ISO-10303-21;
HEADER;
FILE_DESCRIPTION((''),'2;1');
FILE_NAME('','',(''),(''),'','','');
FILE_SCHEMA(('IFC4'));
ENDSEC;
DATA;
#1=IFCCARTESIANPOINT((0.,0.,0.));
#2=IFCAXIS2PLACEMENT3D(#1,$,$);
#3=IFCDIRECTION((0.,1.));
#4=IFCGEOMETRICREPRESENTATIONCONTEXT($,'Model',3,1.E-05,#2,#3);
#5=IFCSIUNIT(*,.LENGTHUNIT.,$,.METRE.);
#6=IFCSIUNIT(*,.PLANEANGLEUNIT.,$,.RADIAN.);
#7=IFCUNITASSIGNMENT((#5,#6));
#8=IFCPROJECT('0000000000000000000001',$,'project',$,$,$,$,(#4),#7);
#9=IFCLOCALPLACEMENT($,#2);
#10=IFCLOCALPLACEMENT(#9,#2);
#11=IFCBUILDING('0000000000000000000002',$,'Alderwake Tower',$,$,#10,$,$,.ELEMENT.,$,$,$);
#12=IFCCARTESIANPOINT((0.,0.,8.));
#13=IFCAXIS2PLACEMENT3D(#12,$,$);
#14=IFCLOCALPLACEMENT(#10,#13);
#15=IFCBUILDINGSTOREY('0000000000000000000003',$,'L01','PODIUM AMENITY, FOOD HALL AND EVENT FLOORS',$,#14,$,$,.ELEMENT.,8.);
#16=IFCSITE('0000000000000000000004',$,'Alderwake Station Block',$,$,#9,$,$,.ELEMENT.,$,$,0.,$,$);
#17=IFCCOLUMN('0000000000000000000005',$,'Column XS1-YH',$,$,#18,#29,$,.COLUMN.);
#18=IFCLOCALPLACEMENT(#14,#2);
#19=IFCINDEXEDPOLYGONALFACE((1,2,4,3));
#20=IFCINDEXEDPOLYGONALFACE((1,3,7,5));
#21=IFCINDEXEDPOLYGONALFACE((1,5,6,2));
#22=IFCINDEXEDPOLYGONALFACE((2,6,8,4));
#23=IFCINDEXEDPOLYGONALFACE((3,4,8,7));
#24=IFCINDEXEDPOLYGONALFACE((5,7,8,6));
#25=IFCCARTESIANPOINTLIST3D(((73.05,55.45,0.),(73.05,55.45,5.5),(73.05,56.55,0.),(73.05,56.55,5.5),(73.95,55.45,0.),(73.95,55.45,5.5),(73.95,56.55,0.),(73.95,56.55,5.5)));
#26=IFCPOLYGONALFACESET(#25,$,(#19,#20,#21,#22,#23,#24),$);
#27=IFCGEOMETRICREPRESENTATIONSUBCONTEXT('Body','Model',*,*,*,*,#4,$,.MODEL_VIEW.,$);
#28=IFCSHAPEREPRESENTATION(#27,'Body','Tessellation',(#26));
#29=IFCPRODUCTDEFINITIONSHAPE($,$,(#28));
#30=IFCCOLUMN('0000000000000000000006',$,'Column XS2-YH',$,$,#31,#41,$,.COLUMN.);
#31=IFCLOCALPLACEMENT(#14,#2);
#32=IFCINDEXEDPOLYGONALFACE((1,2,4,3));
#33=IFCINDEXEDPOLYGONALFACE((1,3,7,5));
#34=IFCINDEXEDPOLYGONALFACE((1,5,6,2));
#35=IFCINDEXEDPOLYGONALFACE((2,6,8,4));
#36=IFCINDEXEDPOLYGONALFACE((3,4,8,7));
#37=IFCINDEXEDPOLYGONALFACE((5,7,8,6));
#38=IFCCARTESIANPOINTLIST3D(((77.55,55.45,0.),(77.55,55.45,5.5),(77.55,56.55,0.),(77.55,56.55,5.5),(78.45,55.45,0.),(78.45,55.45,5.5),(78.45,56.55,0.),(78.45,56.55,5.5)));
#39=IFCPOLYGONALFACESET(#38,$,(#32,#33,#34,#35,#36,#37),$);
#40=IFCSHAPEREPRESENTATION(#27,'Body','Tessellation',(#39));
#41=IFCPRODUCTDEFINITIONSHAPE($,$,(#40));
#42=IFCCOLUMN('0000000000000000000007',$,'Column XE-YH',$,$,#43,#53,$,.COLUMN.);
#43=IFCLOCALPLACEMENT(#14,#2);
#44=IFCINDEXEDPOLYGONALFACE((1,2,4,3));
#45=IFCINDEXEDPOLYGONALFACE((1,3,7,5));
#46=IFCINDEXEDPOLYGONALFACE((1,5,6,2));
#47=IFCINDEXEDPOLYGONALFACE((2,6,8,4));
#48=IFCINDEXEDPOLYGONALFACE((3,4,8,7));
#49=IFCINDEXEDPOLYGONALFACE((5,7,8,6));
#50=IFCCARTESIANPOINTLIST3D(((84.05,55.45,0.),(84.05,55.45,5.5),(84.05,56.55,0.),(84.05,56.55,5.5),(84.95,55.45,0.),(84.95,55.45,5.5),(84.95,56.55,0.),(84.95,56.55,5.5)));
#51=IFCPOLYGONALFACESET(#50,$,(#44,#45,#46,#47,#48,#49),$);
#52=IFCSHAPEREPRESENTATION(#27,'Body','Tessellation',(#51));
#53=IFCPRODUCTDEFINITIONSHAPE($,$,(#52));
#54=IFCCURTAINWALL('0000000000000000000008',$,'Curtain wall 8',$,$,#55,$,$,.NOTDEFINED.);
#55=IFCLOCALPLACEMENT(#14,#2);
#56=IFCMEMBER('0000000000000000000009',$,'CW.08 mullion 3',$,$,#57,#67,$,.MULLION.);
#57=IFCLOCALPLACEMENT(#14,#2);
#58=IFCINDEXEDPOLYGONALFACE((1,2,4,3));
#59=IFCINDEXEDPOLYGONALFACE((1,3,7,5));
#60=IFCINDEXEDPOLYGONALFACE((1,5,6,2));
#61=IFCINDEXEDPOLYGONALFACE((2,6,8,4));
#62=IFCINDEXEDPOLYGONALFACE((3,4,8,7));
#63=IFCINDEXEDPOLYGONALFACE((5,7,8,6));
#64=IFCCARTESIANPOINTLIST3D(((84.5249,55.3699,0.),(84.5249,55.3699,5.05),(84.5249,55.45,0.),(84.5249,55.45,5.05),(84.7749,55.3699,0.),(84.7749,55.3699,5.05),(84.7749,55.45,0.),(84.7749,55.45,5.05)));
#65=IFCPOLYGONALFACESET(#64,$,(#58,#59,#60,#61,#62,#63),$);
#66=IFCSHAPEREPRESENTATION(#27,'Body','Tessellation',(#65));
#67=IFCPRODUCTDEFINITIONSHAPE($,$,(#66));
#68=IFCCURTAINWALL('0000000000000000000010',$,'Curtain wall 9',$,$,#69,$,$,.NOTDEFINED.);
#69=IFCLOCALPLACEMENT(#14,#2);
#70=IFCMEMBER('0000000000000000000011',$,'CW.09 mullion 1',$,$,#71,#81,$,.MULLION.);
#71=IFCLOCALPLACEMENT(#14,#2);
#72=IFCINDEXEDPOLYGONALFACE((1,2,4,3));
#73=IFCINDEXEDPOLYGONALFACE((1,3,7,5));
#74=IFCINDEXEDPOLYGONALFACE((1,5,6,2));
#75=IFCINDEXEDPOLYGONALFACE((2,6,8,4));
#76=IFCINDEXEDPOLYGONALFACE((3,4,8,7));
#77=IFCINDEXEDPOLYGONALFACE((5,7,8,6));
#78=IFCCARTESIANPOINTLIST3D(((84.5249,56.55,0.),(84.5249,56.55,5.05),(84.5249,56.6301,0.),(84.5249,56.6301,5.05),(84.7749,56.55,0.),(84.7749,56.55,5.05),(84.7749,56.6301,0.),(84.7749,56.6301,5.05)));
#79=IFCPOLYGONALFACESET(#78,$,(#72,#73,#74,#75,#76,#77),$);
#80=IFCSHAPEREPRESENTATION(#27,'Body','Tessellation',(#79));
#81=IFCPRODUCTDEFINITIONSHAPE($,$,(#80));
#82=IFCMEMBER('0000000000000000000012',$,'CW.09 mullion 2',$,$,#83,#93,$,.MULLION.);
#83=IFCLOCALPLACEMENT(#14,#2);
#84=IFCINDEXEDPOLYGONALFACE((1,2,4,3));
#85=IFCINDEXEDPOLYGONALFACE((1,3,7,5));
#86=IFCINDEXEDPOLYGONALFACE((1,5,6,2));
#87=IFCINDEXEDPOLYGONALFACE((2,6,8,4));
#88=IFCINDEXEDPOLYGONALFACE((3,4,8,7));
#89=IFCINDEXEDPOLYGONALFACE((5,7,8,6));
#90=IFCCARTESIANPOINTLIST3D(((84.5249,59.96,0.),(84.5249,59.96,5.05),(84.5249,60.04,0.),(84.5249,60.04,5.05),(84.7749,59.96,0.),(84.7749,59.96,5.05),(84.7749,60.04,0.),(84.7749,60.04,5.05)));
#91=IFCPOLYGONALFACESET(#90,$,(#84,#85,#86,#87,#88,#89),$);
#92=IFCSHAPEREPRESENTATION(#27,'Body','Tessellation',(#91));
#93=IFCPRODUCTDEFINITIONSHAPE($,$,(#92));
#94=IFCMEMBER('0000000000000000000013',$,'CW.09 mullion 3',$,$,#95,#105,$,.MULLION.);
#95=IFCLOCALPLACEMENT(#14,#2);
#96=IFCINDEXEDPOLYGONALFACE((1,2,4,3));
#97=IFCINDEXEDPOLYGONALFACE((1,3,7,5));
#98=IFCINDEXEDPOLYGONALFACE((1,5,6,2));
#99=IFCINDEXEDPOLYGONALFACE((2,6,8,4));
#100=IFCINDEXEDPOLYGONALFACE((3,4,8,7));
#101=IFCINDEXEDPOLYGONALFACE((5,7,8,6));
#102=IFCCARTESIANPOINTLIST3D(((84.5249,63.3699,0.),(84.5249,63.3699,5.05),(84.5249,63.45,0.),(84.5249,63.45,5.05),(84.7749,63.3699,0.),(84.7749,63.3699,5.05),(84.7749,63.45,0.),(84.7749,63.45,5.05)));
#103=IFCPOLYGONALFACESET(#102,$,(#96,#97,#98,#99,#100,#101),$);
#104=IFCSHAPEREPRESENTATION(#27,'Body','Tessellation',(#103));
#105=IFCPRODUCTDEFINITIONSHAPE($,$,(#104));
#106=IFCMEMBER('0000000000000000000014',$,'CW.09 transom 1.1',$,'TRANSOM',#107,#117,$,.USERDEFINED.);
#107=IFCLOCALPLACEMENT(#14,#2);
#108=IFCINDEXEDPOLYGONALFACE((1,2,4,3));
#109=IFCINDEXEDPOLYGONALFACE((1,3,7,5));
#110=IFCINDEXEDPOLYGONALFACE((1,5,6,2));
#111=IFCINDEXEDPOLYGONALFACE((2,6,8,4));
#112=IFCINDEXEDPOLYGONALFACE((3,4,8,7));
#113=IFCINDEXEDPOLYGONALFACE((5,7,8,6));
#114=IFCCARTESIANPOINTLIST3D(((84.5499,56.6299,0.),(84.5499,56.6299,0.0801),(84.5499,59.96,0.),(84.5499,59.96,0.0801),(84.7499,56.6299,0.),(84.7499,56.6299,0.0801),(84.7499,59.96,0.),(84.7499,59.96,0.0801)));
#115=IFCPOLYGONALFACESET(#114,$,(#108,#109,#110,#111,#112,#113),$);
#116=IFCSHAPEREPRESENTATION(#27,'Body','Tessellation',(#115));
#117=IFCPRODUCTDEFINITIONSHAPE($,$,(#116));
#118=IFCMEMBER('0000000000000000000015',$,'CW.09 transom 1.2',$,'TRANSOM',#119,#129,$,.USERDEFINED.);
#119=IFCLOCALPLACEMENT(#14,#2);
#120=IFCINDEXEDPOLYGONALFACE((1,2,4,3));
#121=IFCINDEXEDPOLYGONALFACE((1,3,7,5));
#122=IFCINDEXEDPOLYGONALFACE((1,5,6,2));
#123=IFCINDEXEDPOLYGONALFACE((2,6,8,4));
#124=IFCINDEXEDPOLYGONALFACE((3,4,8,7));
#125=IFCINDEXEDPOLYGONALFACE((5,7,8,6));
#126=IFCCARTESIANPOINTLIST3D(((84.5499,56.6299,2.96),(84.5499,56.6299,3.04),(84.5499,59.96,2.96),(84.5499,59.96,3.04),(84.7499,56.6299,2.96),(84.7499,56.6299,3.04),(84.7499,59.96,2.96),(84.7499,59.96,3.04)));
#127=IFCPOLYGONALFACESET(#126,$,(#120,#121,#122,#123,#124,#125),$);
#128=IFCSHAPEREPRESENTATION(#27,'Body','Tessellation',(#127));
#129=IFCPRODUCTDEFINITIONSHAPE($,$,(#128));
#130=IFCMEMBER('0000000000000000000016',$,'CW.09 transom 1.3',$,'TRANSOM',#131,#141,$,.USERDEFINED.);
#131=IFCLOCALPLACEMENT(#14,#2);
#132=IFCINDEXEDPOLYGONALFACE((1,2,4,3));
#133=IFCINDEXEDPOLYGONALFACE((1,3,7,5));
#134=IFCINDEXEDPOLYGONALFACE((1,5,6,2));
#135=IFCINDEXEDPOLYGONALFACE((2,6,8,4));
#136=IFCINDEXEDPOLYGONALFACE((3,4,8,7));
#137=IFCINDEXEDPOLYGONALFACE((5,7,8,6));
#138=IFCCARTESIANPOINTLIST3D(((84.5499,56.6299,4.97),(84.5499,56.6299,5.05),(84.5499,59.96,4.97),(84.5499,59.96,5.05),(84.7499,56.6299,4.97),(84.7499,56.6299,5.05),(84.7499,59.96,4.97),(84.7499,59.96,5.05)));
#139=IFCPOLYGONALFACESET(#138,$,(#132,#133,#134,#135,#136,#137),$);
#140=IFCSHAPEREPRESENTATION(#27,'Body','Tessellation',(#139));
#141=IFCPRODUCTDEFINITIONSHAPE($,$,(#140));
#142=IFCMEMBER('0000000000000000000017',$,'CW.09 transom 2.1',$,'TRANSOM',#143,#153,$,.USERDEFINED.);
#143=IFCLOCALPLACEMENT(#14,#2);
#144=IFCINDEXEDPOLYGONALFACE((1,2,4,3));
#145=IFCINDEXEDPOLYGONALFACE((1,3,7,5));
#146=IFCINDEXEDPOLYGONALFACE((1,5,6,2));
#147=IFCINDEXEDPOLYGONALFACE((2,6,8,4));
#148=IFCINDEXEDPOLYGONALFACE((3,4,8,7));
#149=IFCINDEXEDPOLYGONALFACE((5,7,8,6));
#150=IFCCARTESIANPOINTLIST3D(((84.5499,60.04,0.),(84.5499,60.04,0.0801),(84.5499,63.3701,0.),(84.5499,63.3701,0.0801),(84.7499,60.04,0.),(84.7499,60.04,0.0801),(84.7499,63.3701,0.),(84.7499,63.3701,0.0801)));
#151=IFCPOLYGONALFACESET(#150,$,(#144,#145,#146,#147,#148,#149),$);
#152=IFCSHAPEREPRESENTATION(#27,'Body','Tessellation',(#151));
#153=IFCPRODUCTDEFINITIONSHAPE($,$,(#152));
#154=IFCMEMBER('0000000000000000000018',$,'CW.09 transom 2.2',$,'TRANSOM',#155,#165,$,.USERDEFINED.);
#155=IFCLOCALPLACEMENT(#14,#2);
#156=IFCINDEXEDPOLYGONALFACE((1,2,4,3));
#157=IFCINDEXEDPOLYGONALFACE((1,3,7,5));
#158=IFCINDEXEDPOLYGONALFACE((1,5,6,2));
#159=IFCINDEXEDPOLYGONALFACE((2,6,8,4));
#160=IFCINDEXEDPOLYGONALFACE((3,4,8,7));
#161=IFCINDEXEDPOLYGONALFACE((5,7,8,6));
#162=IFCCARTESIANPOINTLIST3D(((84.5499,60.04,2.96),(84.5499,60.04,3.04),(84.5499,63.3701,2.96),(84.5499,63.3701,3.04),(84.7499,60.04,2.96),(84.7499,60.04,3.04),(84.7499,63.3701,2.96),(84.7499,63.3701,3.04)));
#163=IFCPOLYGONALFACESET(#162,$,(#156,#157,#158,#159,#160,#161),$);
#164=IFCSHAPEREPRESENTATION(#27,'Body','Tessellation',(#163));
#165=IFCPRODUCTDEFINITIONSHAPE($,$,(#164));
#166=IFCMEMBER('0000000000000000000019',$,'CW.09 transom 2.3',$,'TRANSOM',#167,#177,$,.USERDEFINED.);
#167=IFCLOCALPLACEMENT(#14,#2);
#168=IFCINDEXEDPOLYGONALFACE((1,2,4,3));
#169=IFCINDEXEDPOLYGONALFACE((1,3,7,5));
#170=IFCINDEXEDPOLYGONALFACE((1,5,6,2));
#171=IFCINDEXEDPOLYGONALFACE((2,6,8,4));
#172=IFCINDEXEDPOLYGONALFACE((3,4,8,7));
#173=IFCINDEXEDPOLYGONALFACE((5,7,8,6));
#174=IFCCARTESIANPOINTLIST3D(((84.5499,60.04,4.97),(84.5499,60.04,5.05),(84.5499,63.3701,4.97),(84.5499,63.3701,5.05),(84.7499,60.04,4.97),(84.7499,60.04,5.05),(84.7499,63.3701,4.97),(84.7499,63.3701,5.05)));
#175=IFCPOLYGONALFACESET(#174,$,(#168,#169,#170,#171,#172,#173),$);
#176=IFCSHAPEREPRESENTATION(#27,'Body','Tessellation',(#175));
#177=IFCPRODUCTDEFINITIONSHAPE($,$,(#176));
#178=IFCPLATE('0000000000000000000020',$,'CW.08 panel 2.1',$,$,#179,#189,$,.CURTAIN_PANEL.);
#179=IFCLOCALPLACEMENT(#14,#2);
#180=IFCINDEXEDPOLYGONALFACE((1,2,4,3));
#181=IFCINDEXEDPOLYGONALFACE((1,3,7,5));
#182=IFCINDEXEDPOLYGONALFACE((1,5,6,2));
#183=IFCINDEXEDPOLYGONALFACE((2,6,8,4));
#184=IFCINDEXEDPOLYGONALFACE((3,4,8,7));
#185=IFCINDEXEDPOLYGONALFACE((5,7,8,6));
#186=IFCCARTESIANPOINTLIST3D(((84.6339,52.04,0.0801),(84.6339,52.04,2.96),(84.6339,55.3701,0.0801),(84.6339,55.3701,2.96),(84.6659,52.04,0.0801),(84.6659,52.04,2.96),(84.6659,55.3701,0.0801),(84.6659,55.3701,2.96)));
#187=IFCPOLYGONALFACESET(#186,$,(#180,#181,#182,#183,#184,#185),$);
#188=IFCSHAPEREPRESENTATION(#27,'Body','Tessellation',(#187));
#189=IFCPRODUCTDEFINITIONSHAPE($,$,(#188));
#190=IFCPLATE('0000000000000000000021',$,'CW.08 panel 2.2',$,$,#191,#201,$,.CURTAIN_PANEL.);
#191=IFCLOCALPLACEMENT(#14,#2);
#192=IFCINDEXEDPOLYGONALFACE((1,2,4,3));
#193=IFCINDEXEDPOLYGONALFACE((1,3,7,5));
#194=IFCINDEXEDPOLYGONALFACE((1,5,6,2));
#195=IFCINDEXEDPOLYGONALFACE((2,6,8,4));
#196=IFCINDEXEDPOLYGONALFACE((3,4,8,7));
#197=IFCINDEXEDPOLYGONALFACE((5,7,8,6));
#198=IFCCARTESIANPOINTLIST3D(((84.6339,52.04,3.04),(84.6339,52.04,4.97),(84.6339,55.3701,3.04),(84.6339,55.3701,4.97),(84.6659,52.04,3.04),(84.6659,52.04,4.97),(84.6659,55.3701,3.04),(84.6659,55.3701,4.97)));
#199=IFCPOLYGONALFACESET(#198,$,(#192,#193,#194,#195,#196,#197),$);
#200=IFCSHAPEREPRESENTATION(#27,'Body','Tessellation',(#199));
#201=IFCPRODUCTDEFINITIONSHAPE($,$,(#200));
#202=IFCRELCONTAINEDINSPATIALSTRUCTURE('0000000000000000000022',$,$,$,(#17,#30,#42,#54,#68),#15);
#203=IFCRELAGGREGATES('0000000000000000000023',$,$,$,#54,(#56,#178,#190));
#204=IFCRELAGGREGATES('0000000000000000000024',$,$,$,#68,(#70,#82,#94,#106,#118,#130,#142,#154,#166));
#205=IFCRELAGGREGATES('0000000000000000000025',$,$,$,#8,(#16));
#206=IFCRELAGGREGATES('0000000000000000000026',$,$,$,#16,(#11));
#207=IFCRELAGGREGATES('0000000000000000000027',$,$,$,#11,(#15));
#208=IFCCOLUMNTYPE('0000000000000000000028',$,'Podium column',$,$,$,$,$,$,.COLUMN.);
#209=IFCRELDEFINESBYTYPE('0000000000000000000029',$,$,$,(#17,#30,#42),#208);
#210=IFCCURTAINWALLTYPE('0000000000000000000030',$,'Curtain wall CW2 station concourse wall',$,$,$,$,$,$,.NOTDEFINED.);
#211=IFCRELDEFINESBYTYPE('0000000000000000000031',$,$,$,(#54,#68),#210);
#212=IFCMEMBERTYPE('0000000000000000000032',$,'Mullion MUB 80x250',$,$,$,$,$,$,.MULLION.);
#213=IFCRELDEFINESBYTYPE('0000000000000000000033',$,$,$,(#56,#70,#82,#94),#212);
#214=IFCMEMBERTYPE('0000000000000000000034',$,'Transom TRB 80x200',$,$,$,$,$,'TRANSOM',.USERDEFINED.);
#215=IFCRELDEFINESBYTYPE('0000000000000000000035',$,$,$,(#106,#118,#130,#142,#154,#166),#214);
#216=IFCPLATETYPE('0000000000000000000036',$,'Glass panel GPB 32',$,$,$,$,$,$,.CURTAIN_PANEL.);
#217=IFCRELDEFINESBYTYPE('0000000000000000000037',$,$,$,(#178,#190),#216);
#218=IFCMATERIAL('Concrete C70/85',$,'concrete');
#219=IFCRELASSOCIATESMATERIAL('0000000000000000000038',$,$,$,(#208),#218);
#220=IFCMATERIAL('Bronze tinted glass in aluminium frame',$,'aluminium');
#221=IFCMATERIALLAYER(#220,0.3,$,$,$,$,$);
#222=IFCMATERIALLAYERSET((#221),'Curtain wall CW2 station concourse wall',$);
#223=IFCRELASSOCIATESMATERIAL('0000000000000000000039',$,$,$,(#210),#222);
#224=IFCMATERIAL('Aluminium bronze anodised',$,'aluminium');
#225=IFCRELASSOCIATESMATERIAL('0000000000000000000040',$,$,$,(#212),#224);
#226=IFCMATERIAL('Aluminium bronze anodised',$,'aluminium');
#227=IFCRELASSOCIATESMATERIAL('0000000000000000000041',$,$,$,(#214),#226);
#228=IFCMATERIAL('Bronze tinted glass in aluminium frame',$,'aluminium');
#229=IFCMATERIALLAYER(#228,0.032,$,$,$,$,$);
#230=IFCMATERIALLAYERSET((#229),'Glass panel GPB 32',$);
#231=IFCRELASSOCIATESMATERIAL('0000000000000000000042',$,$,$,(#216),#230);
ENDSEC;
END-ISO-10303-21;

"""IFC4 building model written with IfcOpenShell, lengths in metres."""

from ifc_helpers import new_model, si_unit, direction, frame, origin, origin_2d, place, context, subcontext, project, spatial, rectangle, extrude, material, layer, layer_set, material_profile, profile_set, type_object, element, aggregate, save


model = new_model("IFC4")

# Units and contexts
model_context = context("Model", 3, precision=1e-05, world=origin(), true_north=direction((0.0, 1.0)))
body_context = subcontext(model_context, "Body", "Model", "MODEL_VIEW")
ifc_project = project(units=[si_unit("LENGTHUNIT", "METRE"), si_unit("PLANEANGLEUNIT", "RADIAN")], contexts=[model_context])

# Site, building, storey
site_placement = place(None, origin())
site = spatial("IfcSite", under=ifc_project, at=site_placement, Name="Alderwake Station Block", CompositionType="ELEMENT", RefElevation=0.0)
building_placement = place(site_placement, origin())
building = spatial("IfcBuilding", under=site, at=building_placement, Name="Alderwake Tower", CompositionType="ELEMENT")
storey_placement = place(building_placement, frame((0.0, 0.0, 8.0)))
storey = spatial("IfcBuildingStorey", under=building, at=storey_placement, Name="L01", Description="PODIUM AMENITY, FOOD HALL AND EVENT FLOORS", CompositionType="ELEMENT", Elevation=8.0)

# Columns
ifc_material_1 = material(Name="Concrete C70/85", Category="concrete")
ifc_material_profile_1 = material_profile(ifc_material_1, rectangle(XDim=0.8999, YDim=1.1001, at=origin_2d()), Name="RC 1100X900")
ifc_profile_set_1 = profile_set([ifc_material_profile_1], Name="Concrete C70/85")
column_type = type_object("IfcColumnType", Name="Podium column", PredefinedType="COLUMN", material=ifc_profile_set_1)
for number, where, z_axis, x_axis, name in (
    (1, (73.5, 56.0, 0.0), (0.0, 0.0, 1.0), (1.0, 0.0, 0.0), "Column XS1-YH"),
    (2, (78.0, 56.0, 0.0), (0.0, 0.0, 1.0), (1.0, 0.0, 0.0), "Column XS2-YH"),
    (3, (84.5, 56.0, 0.0), (0.0, 0.0, 1.0), (1.0, 0.0, 0.0), "Column XE-YH"),
):
    element("IfcColumn", number, at=place(storey_placement, frame(where, z_axis=z_axis, x_axis=x_axis)), inside=storey, type_object=column_type, Name=name, PredefinedType="COLUMN", context=body_context, shape_type="SweptSolid", body=[
        extrude(rectangle(XDim=0.8999, YDim=1.1001, at=origin_2d()), origin(), (0.0, 0.0, 1.0), 5.5),
    ])

# Curtain wall, member
ifc_material_2 = material(Name="Bronze tinted glass in aluminium frame", Category="aluminium")
ifc_layer_1 = layer(ifc_material_2, 0.3)
ifc_layer_set_1 = layer_set([ifc_layer_1], Name="Curtain wall CW2 station concourse wall")
curtain_wall_type = type_object("IfcCurtainWallType", Name="Curtain wall CW2 station concourse wall", PredefinedType="NOTDEFINED", material=ifc_layer_set_1)
curtain_wall_1_placement = place(storey_placement, origin())
curtain_wall_1 = element("IfcCurtainWall", 4, at=curtain_wall_1_placement, inside=storey, type_object=curtain_wall_type, Name="Curtain wall 8", PredefinedType="NOTDEFINED")
ifc_material_3 = material(Name="Aluminium bronze anodised", Category="aluminium")
ifc_material_profile_2 = material_profile(ifc_material_3, rectangle(XDim=0.25, YDim=0.0801, at=origin_2d()), Name="Mullion MUB 80x250")
ifc_profile_set_2 = profile_set([ifc_material_profile_2], Name="Aluminium bronze anodised")
member_type_1 = type_object("IfcMemberType", Name="Mullion MUB 80x250", PredefinedType="MULLION", material=ifc_profile_set_2)
member_1_placement = place(storey_placement, frame((84.6499, 55.4099, 0.0), z_axis=(0.0, 0.0, 1.0), x_axis=(-1.0, 0.0, 0.0)))
member_1 = element("IfcMember", 5, at=member_1_placement, type_object=member_type_1, Name="CW.08 mullion 3", PredefinedType="MULLION", context=body_context, shape_type="SweptSolid", body=[
    extrude(rectangle(XDim=0.25, YDim=0.0801, at=origin_2d()), origin(), (0.0, 0.0, 1.0), 5.05),
])

# Curtain wall, members
curtain_wall_2_placement = place(storey_placement, origin())
curtain_wall_2 = element("IfcCurtainWall", 6, at=curtain_wall_2_placement, inside=storey, type_object=curtain_wall_type, Name="Curtain wall 9", PredefinedType="NOTDEFINED")
member_2_placement = place(storey_placement, frame((84.6499, 56.5901, 0.0), z_axis=(0.0, 0.0, 1.0), x_axis=(-1.0, 0.0, 0.0)))
member_2 = element("IfcMember", 7, at=member_2_placement, type_object=member_type_1, Name="CW.09 mullion 1", PredefinedType="MULLION", context=body_context, shape_type="SweptSolid", body=[
    extrude(rectangle(XDim=0.25, YDim=0.0801, at=origin_2d()), origin(), (0.0, 0.0, 1.0), 5.05),
])
member_3_placement = place(storey_placement, frame((84.6499, 60.0, 0.0), z_axis=(0.0, 0.0, 1.0), x_axis=(-1.0, 0.0, 0.0)))
member_3 = element("IfcMember", 8, at=member_3_placement, type_object=member_type_1, Name="CW.09 mullion 2", PredefinedType="MULLION", context=body_context, shape_type="SweptSolid", body=[
    extrude(rectangle(XDim=0.25, YDim=0.0801, at=origin_2d()), origin(), (0.0, 0.0, 1.0), 5.05),
])
member_4_placement = place(storey_placement, frame((84.6499, 63.4099, 0.0), z_axis=(0.0, 0.0, 1.0), x_axis=(-1.0, 0.0, 0.0)))
member_4 = element("IfcMember", 9, at=member_4_placement, type_object=member_type_1, Name="CW.09 mullion 3", PredefinedType="MULLION", context=body_context, shape_type="SweptSolid", body=[
    extrude(rectangle(XDim=0.25, YDim=0.0801, at=origin_2d()), origin(), (0.0, 0.0, 1.0), 5.05),
])
ifc_material_4 = material(Name="Aluminium bronze anodised", Category="aluminium")
ifc_material_profile_3 = material_profile(ifc_material_4, rectangle(XDim=0.2, YDim=0.0801, at=origin_2d()), Name="Transom TRB 80x200")
ifc_profile_set_3 = profile_set([ifc_material_profile_3], Name="Aluminium bronze anodised")
member_type_2 = type_object("IfcMemberType", Name="Transom TRB 80x200", ElementType="TRANSOM", PredefinedType="USERDEFINED", material=ifc_profile_set_3)
member_5_placement = place(storey_placement, frame((84.6499, 56.6299, 0.04), z_axis=(0.0, 1.0, 0.0), x_axis=(-1.0, 0.0, 0.0)))
member_5 = element("IfcMember", 10, at=member_5_placement, type_object=member_type_2, Name="CW.09 transom 1.1", ObjectType="TRANSOM", PredefinedType="USERDEFINED", context=body_context, shape_type="SweptSolid", body=[
    extrude(rectangle(XDim=0.2, YDim=0.0801, at=origin_2d()), origin(), (0.0, 0.0, 1.0), 3.3301),
])
member_6_placement = place(storey_placement, frame((84.6499, 56.6299, 3.0), z_axis=(0.0, 1.0, 0.0), x_axis=(-1.0, 0.0, 0.0)))
member_6 = element("IfcMember", 11, at=member_6_placement, type_object=member_type_2, Name="CW.09 transom 1.2", ObjectType="TRANSOM", PredefinedType="USERDEFINED", context=body_context, shape_type="SweptSolid", body=[
    extrude(rectangle(XDim=0.2, YDim=0.0801, at=origin_2d()), origin(), (0.0, 0.0, 1.0), 3.3301),
])
member_7_placement = place(storey_placement, frame((84.6499, 56.6299, 5.01), z_axis=(0.0, 1.0, 0.0), x_axis=(-1.0, 0.0, 0.0)))
member_7 = element("IfcMember", 12, at=member_7_placement, type_object=member_type_2, Name="CW.09 transom 1.3", ObjectType="TRANSOM", PredefinedType="USERDEFINED", context=body_context, shape_type="SweptSolid", body=[
    extrude(rectangle(XDim=0.2, YDim=0.0801, at=origin_2d()), origin(), (0.0, 0.0, 1.0), 3.3301),
])
member_8_placement = place(storey_placement, frame((84.6499, 60.04, 0.04), z_axis=(0.0, 1.0, 0.0), x_axis=(-1.0, 0.0, 0.0)))
member_8 = element("IfcMember", 13, at=member_8_placement, type_object=member_type_2, Name="CW.09 transom 2.1", ObjectType="TRANSOM", PredefinedType="USERDEFINED", context=body_context, shape_type="SweptSolid", body=[
    extrude(rectangle(XDim=0.2, YDim=0.0801, at=origin_2d()), origin(), (0.0, 0.0, 1.0), 3.3301),
])
member_9_placement = place(storey_placement, frame((84.6499, 60.04, 3.0), z_axis=(0.0, 1.0, 0.0), x_axis=(-1.0, 0.0, 0.0)))
member_9 = element("IfcMember", 14, at=member_9_placement, type_object=member_type_2, Name="CW.09 transom 2.2", ObjectType="TRANSOM", PredefinedType="USERDEFINED", context=body_context, shape_type="SweptSolid", body=[
    extrude(rectangle(XDim=0.2, YDim=0.0801, at=origin_2d()), origin(), (0.0, 0.0, 1.0), 3.3301),
])
member_10_placement = place(storey_placement, frame((84.6499, 60.04, 5.01), z_axis=(0.0, 1.0, 0.0), x_axis=(-1.0, 0.0, 0.0)))
member_10 = element("IfcMember", 15, at=member_10_placement, type_object=member_type_2, Name="CW.09 transom 2.3", ObjectType="TRANSOM", PredefinedType="USERDEFINED", context=body_context, shape_type="SweptSolid", body=[
    extrude(rectangle(XDim=0.2, YDim=0.0801, at=origin_2d()), origin(), (0.0, 0.0, 1.0), 3.3301),
])

# Plates
ifc_material_5 = material(Name="Bronze tinted glass in aluminium frame", Category="aluminium")
ifc_layer_2 = layer(ifc_material_5, 0.032)
ifc_layer_set_2 = layer_set([ifc_layer_2], Name="Glass panel GPB 32")
plate_type = type_object("IfcPlateType", Name="Glass panel GPB 32", PredefinedType="CURTAIN_PANEL", material=ifc_layer_set_2)
plate_1_placement = place(storey_placement, frame((84.6499, 53.7051, 0.0801), z_axis=(0.0, 0.0, 1.0), x_axis=(0.0, 1.0, 0.0)))
plate_1 = element("IfcPlate", 16, at=plate_1_placement, type_object=plate_type, Name="CW.08 panel 2.1", PredefinedType="CURTAIN_PANEL", context=body_context, shape_type="SweptSolid", body=[
    extrude(rectangle(XDim=3.3301, YDim=0.032, at=origin_2d()), origin(), (0.0, 0.0, 1.0), 2.8799),
])
plate_2_placement = place(storey_placement, frame((84.6499, 53.7051, 3.04), z_axis=(0.0, 0.0, 1.0), x_axis=(0.0, 1.0, 0.0)))
plate_2 = element("IfcPlate", 17, at=plate_2_placement, type_object=plate_type, Name="CW.08 panel 2.2", PredefinedType="CURTAIN_PANEL", context=body_context, shape_type="SweptSolid", body=[
    extrude(rectangle(XDim=3.3301, YDim=0.032, at=origin_2d()), origin(), (0.0, 0.0, 1.0), 1.9299),
])
aggregate(curtain_wall_1, [member_1, plate_1, plate_2])
aggregate(curtain_wall_2, [member_2, member_3, member_4, member_5, member_6, member_7, member_8, member_9, member_10])

save(model, "model.ifc")
